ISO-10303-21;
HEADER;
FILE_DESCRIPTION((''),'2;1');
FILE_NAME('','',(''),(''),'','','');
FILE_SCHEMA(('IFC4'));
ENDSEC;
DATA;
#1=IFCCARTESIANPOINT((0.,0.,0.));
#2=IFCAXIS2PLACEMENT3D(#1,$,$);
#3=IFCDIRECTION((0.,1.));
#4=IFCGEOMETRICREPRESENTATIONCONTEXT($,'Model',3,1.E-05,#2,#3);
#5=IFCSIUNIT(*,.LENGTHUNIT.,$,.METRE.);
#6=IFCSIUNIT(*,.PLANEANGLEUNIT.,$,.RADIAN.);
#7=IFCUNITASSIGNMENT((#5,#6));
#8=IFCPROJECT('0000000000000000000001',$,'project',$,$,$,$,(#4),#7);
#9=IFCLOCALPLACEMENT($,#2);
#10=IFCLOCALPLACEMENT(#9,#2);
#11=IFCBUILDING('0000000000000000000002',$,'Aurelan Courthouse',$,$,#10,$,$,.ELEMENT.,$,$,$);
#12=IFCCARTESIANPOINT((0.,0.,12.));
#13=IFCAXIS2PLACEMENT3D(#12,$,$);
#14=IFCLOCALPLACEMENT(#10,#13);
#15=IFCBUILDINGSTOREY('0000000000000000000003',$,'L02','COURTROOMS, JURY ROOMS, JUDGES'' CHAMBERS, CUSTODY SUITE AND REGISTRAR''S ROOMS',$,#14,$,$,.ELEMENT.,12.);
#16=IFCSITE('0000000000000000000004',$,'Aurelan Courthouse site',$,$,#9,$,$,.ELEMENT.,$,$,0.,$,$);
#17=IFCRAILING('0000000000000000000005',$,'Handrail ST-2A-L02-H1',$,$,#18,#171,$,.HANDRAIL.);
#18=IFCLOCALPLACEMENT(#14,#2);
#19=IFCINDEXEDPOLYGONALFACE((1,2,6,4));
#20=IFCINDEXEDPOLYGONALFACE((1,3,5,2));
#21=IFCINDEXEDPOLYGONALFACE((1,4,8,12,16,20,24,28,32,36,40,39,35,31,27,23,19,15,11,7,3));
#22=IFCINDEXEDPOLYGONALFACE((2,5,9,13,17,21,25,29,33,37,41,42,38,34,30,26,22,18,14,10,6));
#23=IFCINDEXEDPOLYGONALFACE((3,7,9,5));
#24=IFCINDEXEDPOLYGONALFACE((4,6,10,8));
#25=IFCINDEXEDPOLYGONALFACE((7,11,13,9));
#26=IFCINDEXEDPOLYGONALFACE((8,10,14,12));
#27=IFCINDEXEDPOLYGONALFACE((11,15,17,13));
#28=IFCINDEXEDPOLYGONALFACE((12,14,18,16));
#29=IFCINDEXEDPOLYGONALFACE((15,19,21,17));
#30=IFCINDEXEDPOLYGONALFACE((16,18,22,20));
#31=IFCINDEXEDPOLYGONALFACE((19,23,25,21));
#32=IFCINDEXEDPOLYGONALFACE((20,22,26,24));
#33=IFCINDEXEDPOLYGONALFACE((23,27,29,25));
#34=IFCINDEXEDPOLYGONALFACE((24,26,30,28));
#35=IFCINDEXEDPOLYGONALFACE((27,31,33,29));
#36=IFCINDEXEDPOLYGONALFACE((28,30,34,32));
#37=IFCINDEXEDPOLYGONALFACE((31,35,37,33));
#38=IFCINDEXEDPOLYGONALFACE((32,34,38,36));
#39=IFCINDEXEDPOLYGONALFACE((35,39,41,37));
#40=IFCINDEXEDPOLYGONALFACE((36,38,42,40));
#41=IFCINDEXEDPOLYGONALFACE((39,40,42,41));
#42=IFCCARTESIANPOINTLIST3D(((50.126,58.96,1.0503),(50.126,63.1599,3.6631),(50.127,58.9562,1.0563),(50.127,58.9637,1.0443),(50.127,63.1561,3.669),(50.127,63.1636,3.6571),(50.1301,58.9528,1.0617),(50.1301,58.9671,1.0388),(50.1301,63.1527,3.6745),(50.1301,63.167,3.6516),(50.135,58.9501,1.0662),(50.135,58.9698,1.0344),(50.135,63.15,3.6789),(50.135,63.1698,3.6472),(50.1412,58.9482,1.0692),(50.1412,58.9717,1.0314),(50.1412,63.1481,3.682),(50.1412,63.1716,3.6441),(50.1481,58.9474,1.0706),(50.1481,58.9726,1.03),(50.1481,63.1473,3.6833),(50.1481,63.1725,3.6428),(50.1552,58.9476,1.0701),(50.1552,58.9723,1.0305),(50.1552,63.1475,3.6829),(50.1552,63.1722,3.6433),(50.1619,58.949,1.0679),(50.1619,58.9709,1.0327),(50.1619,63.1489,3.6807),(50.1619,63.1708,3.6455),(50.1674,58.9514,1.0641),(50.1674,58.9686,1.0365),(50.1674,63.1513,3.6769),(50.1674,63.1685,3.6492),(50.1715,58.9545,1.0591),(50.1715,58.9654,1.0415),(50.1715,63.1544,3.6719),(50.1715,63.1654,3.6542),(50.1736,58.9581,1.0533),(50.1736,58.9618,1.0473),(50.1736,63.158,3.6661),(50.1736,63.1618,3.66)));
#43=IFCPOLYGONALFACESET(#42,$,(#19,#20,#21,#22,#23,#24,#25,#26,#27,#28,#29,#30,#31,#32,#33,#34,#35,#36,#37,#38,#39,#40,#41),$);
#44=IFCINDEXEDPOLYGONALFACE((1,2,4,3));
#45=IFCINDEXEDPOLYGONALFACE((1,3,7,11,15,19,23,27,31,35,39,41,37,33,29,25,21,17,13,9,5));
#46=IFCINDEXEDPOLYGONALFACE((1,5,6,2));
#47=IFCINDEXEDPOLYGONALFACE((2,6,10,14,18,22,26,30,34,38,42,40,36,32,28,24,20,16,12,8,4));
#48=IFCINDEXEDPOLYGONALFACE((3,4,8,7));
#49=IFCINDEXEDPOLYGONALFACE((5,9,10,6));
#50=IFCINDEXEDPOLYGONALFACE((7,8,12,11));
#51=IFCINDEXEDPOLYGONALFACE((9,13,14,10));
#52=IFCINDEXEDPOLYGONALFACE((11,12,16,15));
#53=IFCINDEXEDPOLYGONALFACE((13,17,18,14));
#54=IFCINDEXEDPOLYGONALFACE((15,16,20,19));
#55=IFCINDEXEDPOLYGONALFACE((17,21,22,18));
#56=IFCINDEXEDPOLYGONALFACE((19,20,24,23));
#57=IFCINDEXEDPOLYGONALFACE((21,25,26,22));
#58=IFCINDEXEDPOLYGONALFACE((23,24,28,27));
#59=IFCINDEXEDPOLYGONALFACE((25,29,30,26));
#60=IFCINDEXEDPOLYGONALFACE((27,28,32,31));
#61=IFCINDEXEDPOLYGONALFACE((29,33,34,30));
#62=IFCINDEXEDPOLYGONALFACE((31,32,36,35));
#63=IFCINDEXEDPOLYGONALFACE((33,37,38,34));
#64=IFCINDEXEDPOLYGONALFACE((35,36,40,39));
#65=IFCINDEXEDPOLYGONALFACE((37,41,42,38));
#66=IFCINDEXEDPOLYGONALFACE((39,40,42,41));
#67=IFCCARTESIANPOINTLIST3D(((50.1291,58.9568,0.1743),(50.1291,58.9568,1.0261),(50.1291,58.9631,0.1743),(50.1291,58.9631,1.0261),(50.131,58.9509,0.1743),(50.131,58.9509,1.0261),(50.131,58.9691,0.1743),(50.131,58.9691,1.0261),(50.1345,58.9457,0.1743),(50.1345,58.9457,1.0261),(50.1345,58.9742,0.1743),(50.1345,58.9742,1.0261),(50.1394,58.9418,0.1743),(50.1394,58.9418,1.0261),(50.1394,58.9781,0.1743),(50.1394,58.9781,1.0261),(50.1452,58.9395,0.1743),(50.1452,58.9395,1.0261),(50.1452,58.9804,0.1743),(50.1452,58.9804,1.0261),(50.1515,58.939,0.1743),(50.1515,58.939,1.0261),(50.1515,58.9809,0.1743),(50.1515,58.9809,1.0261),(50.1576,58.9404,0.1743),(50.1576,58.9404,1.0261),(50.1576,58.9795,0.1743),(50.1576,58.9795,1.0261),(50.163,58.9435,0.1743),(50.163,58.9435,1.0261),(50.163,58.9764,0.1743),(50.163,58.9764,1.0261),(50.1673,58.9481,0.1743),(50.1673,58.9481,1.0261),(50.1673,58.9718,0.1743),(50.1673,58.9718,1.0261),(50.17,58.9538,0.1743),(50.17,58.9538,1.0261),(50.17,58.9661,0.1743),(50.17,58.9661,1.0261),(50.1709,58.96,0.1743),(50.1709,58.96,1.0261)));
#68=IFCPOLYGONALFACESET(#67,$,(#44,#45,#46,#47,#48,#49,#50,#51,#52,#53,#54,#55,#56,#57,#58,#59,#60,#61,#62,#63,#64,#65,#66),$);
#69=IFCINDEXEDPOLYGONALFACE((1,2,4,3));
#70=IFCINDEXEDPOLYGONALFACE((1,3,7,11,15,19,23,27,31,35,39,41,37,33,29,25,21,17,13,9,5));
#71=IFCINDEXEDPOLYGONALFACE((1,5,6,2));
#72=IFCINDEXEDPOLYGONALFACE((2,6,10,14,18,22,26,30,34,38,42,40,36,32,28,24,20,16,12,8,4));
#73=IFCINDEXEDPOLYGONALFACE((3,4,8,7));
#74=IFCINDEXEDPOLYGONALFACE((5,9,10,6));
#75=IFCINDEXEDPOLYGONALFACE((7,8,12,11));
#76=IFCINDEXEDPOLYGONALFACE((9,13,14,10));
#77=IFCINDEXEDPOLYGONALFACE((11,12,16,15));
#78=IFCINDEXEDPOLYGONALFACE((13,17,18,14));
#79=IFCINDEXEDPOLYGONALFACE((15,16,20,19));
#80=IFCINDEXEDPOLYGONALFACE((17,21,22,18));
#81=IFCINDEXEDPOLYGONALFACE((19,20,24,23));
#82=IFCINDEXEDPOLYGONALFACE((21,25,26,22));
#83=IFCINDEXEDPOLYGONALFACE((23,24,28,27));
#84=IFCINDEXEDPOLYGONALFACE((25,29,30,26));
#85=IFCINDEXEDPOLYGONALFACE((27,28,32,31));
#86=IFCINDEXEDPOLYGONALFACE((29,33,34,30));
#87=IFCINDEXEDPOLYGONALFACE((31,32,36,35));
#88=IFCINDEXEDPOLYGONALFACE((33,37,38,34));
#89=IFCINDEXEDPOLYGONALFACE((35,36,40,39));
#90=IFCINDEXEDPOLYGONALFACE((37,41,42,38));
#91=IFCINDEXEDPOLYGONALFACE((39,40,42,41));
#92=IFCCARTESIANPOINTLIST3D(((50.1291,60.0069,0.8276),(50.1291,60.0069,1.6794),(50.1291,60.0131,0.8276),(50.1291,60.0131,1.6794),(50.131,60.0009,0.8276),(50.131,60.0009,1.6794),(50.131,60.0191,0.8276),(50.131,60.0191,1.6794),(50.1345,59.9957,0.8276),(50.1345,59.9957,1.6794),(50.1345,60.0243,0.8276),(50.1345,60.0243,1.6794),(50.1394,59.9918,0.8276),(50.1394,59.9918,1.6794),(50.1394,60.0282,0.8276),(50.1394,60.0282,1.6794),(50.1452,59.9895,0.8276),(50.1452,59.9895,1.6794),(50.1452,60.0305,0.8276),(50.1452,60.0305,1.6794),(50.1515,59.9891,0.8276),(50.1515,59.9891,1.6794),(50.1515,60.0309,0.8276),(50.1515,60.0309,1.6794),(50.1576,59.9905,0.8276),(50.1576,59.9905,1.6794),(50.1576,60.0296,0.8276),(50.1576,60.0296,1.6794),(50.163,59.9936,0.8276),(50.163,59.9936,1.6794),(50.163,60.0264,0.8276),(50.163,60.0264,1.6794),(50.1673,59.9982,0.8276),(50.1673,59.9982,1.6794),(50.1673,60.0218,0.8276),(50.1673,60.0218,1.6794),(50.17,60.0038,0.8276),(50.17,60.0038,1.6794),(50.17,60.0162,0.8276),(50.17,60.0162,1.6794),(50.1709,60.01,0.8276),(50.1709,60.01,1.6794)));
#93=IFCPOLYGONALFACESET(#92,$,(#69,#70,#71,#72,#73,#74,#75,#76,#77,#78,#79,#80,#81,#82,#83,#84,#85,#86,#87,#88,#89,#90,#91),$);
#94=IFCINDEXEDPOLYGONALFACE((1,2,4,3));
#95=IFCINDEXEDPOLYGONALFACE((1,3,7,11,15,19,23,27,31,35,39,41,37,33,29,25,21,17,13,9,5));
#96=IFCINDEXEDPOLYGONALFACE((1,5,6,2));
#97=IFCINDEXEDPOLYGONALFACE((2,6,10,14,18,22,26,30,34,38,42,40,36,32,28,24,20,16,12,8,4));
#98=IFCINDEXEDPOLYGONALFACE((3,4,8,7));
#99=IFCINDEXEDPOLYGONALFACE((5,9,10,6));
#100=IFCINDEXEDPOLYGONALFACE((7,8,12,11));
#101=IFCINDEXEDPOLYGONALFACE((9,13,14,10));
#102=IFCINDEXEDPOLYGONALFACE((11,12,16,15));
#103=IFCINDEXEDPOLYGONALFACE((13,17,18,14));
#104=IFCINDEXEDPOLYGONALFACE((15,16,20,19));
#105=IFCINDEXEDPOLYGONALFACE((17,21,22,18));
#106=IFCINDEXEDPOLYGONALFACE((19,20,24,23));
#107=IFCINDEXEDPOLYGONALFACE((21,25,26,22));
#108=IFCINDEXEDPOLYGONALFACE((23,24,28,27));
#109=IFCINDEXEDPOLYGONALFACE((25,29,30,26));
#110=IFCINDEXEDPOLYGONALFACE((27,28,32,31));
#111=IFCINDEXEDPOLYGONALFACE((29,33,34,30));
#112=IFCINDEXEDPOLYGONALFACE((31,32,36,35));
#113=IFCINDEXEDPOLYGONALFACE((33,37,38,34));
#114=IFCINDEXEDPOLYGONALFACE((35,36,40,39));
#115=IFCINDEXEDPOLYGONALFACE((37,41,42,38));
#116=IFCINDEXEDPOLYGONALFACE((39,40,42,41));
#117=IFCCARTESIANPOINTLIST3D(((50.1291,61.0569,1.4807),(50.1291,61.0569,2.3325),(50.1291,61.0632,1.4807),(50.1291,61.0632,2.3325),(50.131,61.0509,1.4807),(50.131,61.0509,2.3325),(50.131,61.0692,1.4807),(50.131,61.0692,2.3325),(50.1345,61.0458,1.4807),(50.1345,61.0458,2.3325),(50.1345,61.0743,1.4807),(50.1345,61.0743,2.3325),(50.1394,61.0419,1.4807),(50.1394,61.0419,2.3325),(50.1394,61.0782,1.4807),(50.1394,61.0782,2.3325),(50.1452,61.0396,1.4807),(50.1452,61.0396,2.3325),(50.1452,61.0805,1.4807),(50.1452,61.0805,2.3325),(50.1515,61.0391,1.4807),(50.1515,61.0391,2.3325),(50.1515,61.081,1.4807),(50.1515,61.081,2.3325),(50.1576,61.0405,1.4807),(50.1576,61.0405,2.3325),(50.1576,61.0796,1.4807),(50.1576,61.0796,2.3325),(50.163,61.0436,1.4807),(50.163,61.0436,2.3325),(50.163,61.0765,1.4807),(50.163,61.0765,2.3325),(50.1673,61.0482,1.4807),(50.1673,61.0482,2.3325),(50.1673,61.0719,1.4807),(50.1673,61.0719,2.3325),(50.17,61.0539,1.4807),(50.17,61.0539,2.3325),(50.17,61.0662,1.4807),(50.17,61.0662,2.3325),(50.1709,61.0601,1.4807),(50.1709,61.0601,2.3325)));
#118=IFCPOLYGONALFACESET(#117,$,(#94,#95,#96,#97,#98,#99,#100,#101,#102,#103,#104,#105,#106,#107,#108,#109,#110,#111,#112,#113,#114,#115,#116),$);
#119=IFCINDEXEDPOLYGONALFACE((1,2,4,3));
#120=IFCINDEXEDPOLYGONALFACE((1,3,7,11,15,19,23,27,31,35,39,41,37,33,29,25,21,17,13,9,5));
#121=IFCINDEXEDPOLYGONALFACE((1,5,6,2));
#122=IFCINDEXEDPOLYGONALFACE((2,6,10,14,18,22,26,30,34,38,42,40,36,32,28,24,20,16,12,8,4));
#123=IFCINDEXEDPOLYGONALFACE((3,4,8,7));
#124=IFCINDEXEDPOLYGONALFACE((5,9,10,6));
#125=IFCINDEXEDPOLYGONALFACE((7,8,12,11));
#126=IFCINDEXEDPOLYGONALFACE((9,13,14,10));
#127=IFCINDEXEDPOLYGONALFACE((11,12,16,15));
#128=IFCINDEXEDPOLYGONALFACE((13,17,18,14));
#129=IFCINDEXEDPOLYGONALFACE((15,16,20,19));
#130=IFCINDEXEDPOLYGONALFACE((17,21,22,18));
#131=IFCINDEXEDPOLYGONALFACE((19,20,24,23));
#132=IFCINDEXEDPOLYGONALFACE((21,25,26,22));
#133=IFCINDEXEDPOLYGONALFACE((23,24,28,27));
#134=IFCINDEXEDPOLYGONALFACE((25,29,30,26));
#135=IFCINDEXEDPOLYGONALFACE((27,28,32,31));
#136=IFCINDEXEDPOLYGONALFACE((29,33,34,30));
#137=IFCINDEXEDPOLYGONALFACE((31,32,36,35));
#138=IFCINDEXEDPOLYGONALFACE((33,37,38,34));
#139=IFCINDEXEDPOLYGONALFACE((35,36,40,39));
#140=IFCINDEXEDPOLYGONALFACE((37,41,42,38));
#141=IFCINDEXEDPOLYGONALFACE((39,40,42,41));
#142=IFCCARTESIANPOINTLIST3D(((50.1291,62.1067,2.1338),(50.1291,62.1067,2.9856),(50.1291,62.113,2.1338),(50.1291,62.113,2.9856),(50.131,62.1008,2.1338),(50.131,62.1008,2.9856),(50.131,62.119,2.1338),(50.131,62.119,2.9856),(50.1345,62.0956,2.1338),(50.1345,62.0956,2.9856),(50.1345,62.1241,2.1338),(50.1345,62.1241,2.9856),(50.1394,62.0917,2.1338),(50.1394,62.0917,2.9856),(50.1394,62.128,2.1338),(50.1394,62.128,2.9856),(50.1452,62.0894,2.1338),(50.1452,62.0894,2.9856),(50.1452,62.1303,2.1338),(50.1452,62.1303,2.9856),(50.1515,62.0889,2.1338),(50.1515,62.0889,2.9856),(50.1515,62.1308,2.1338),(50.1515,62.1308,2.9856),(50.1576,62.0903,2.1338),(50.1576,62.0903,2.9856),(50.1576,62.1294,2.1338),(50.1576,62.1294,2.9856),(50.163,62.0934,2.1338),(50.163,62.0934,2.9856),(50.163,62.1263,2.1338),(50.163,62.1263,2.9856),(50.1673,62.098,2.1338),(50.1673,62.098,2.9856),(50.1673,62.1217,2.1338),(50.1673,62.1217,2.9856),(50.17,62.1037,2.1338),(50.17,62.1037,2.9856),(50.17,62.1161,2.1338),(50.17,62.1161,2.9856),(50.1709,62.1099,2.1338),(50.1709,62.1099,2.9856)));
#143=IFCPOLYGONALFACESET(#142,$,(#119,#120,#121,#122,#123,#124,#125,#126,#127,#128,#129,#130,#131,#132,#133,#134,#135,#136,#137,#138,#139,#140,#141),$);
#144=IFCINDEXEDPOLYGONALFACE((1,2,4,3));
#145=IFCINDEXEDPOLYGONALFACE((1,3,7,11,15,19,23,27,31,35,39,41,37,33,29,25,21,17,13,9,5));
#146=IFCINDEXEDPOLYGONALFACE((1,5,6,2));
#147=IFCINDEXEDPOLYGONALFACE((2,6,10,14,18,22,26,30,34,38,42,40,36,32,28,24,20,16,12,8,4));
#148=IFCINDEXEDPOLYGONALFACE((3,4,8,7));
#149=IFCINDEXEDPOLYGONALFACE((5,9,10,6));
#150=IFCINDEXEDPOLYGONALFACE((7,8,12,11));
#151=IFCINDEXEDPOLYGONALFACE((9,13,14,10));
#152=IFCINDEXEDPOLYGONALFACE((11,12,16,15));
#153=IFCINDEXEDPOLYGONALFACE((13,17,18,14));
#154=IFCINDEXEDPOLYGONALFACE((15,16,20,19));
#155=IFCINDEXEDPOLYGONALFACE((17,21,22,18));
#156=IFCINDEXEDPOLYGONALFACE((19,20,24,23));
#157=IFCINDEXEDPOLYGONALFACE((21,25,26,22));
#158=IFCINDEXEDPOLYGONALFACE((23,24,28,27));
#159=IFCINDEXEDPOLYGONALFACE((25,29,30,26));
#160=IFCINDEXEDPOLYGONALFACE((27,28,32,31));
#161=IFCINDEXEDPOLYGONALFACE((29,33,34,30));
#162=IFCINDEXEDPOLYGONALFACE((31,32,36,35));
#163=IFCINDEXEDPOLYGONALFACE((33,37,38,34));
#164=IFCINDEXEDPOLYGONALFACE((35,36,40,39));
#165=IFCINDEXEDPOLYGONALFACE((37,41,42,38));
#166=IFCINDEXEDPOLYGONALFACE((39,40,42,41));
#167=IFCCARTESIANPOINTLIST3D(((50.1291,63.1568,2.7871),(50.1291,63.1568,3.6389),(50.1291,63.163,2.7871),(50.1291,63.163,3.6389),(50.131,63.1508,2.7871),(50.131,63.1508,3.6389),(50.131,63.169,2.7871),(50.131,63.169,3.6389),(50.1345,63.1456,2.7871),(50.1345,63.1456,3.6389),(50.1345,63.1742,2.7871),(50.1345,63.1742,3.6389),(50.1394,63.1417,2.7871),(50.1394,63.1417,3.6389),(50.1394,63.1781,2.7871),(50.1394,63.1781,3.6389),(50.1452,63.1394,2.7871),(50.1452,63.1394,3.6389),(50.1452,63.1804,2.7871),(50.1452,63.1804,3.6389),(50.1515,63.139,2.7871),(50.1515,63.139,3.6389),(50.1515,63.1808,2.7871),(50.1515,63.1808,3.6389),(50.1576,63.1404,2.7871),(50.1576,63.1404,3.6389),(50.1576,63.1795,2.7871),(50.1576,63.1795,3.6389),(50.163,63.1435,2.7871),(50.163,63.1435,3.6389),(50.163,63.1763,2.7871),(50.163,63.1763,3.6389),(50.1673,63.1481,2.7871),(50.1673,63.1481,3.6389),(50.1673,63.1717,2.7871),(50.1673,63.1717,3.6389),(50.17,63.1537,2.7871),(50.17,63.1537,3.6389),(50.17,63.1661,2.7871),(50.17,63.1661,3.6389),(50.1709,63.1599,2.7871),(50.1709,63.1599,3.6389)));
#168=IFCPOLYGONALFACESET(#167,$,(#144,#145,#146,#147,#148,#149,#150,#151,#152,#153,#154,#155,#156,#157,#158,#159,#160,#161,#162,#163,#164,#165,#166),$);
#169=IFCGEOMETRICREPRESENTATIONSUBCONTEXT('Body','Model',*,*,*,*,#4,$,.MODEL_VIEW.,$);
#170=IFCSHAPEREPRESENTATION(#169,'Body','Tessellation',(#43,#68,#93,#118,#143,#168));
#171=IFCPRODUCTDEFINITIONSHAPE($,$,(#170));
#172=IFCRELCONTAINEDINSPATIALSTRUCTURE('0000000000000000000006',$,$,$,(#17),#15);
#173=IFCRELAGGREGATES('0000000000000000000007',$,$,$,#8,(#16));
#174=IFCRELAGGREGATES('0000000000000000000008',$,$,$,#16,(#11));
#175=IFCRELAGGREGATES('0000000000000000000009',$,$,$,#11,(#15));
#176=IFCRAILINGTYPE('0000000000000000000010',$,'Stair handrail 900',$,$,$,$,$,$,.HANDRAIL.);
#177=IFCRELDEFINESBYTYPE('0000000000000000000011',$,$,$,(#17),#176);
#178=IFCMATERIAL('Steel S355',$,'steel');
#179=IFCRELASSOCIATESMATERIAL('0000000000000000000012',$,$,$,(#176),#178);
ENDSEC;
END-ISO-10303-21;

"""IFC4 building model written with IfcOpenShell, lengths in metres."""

from ifc_helpers import new_model, si_unit, direction, frame, origin, origin_2d, place, context, subcontext, project, spatial, circle, extrude, material, type_object, element, save


model = new_model("IFC4")

# Units and contexts
model_context = context("Model", 3, precision=1e-05, world=origin(), true_north=direction((0.0, 1.0)))
body_context = subcontext(model_context, "Body", "Model", "MODEL_VIEW")
ifc_project = project(units=[si_unit("LENGTHUNIT", "METRE"), si_unit("PLANEANGLEUNIT", "RADIAN")], contexts=[model_context])

# Site, building, storey
site_placement = place(None, origin())
site = spatial("IfcSite", under=ifc_project, at=site_placement, Name="Aurelan Courthouse site", CompositionType="ELEMENT", RefElevation=0.0)
building_placement = place(site_placement, origin())
building = spatial("IfcBuilding", under=site, at=building_placement, Name="Aurelan Courthouse", CompositionType="ELEMENT")
storey_placement = place(building_placement, frame((0.0, 0.0, 12.0)))
storey = spatial("IfcBuildingStorey", under=building, at=storey_placement, Name="L02", Description="COURTROOMS, JURY ROOMS, JUDGES' CHAMBERS, CUSTODY SUITE AND REGISTRAR'S ROOMS", CompositionType="ELEMENT", Elevation=12.0)

# Railing
ifc_material_1 = material(Name="Steel S355", Category="steel")
railing_type_1 = type_object("IfcRailingType", Name="Stair handrail 900", PredefinedType="HANDRAIL", material=ifc_material_1)
for number, where, name in (
    (1, (50.1499, 58.96, 0.1743), "Handrail ST-2A-L02-H1"),
):
    element("IfcRailing", number, at=place(storey_placement, frame(where)), inside=storey, type_object=railing_type_1, Name=name, PredefinedType="HANDRAIL", context=body_context, shape_type="SweptSolid", body=[
        extrude(circle(Radius=0.0239, at=origin_2d()), frame((0.0, 0.0, 0.876), z_axis=(0.0, 0.849103, 0.528228), x_axis=(-1.0, 0.0, 0.0)), (0.0, 0.0, 1.0), 4.9463),
        extrude(circle(Radius=0.021, at=origin_2d()), origin(), (0.0, 0.0, 1.0), 0.8518),
        extrude(circle(Radius=0.021, at=origin_2d()), frame((0.0, 1.05, 0.6533)), (0.0, 0.0, 1.0), 0.8518),
        extrude(circle(Radius=0.021, at=origin_2d()), frame((0.0, 2.1001, 1.3064)), (0.0, 0.0, 1.0), 0.8518),
        extrude(circle(Radius=0.021, at=origin_2d()), frame((0.0, 3.1499, 1.9595)), (0.0, 0.0, 1.0), 0.8518),
        extrude(circle(Radius=0.021, at=origin_2d()), frame((0.0, 4.2, 2.6128)), (0.0, 0.0, 1.0), 0.8518),
    ])

save(model, "model.ifc")
